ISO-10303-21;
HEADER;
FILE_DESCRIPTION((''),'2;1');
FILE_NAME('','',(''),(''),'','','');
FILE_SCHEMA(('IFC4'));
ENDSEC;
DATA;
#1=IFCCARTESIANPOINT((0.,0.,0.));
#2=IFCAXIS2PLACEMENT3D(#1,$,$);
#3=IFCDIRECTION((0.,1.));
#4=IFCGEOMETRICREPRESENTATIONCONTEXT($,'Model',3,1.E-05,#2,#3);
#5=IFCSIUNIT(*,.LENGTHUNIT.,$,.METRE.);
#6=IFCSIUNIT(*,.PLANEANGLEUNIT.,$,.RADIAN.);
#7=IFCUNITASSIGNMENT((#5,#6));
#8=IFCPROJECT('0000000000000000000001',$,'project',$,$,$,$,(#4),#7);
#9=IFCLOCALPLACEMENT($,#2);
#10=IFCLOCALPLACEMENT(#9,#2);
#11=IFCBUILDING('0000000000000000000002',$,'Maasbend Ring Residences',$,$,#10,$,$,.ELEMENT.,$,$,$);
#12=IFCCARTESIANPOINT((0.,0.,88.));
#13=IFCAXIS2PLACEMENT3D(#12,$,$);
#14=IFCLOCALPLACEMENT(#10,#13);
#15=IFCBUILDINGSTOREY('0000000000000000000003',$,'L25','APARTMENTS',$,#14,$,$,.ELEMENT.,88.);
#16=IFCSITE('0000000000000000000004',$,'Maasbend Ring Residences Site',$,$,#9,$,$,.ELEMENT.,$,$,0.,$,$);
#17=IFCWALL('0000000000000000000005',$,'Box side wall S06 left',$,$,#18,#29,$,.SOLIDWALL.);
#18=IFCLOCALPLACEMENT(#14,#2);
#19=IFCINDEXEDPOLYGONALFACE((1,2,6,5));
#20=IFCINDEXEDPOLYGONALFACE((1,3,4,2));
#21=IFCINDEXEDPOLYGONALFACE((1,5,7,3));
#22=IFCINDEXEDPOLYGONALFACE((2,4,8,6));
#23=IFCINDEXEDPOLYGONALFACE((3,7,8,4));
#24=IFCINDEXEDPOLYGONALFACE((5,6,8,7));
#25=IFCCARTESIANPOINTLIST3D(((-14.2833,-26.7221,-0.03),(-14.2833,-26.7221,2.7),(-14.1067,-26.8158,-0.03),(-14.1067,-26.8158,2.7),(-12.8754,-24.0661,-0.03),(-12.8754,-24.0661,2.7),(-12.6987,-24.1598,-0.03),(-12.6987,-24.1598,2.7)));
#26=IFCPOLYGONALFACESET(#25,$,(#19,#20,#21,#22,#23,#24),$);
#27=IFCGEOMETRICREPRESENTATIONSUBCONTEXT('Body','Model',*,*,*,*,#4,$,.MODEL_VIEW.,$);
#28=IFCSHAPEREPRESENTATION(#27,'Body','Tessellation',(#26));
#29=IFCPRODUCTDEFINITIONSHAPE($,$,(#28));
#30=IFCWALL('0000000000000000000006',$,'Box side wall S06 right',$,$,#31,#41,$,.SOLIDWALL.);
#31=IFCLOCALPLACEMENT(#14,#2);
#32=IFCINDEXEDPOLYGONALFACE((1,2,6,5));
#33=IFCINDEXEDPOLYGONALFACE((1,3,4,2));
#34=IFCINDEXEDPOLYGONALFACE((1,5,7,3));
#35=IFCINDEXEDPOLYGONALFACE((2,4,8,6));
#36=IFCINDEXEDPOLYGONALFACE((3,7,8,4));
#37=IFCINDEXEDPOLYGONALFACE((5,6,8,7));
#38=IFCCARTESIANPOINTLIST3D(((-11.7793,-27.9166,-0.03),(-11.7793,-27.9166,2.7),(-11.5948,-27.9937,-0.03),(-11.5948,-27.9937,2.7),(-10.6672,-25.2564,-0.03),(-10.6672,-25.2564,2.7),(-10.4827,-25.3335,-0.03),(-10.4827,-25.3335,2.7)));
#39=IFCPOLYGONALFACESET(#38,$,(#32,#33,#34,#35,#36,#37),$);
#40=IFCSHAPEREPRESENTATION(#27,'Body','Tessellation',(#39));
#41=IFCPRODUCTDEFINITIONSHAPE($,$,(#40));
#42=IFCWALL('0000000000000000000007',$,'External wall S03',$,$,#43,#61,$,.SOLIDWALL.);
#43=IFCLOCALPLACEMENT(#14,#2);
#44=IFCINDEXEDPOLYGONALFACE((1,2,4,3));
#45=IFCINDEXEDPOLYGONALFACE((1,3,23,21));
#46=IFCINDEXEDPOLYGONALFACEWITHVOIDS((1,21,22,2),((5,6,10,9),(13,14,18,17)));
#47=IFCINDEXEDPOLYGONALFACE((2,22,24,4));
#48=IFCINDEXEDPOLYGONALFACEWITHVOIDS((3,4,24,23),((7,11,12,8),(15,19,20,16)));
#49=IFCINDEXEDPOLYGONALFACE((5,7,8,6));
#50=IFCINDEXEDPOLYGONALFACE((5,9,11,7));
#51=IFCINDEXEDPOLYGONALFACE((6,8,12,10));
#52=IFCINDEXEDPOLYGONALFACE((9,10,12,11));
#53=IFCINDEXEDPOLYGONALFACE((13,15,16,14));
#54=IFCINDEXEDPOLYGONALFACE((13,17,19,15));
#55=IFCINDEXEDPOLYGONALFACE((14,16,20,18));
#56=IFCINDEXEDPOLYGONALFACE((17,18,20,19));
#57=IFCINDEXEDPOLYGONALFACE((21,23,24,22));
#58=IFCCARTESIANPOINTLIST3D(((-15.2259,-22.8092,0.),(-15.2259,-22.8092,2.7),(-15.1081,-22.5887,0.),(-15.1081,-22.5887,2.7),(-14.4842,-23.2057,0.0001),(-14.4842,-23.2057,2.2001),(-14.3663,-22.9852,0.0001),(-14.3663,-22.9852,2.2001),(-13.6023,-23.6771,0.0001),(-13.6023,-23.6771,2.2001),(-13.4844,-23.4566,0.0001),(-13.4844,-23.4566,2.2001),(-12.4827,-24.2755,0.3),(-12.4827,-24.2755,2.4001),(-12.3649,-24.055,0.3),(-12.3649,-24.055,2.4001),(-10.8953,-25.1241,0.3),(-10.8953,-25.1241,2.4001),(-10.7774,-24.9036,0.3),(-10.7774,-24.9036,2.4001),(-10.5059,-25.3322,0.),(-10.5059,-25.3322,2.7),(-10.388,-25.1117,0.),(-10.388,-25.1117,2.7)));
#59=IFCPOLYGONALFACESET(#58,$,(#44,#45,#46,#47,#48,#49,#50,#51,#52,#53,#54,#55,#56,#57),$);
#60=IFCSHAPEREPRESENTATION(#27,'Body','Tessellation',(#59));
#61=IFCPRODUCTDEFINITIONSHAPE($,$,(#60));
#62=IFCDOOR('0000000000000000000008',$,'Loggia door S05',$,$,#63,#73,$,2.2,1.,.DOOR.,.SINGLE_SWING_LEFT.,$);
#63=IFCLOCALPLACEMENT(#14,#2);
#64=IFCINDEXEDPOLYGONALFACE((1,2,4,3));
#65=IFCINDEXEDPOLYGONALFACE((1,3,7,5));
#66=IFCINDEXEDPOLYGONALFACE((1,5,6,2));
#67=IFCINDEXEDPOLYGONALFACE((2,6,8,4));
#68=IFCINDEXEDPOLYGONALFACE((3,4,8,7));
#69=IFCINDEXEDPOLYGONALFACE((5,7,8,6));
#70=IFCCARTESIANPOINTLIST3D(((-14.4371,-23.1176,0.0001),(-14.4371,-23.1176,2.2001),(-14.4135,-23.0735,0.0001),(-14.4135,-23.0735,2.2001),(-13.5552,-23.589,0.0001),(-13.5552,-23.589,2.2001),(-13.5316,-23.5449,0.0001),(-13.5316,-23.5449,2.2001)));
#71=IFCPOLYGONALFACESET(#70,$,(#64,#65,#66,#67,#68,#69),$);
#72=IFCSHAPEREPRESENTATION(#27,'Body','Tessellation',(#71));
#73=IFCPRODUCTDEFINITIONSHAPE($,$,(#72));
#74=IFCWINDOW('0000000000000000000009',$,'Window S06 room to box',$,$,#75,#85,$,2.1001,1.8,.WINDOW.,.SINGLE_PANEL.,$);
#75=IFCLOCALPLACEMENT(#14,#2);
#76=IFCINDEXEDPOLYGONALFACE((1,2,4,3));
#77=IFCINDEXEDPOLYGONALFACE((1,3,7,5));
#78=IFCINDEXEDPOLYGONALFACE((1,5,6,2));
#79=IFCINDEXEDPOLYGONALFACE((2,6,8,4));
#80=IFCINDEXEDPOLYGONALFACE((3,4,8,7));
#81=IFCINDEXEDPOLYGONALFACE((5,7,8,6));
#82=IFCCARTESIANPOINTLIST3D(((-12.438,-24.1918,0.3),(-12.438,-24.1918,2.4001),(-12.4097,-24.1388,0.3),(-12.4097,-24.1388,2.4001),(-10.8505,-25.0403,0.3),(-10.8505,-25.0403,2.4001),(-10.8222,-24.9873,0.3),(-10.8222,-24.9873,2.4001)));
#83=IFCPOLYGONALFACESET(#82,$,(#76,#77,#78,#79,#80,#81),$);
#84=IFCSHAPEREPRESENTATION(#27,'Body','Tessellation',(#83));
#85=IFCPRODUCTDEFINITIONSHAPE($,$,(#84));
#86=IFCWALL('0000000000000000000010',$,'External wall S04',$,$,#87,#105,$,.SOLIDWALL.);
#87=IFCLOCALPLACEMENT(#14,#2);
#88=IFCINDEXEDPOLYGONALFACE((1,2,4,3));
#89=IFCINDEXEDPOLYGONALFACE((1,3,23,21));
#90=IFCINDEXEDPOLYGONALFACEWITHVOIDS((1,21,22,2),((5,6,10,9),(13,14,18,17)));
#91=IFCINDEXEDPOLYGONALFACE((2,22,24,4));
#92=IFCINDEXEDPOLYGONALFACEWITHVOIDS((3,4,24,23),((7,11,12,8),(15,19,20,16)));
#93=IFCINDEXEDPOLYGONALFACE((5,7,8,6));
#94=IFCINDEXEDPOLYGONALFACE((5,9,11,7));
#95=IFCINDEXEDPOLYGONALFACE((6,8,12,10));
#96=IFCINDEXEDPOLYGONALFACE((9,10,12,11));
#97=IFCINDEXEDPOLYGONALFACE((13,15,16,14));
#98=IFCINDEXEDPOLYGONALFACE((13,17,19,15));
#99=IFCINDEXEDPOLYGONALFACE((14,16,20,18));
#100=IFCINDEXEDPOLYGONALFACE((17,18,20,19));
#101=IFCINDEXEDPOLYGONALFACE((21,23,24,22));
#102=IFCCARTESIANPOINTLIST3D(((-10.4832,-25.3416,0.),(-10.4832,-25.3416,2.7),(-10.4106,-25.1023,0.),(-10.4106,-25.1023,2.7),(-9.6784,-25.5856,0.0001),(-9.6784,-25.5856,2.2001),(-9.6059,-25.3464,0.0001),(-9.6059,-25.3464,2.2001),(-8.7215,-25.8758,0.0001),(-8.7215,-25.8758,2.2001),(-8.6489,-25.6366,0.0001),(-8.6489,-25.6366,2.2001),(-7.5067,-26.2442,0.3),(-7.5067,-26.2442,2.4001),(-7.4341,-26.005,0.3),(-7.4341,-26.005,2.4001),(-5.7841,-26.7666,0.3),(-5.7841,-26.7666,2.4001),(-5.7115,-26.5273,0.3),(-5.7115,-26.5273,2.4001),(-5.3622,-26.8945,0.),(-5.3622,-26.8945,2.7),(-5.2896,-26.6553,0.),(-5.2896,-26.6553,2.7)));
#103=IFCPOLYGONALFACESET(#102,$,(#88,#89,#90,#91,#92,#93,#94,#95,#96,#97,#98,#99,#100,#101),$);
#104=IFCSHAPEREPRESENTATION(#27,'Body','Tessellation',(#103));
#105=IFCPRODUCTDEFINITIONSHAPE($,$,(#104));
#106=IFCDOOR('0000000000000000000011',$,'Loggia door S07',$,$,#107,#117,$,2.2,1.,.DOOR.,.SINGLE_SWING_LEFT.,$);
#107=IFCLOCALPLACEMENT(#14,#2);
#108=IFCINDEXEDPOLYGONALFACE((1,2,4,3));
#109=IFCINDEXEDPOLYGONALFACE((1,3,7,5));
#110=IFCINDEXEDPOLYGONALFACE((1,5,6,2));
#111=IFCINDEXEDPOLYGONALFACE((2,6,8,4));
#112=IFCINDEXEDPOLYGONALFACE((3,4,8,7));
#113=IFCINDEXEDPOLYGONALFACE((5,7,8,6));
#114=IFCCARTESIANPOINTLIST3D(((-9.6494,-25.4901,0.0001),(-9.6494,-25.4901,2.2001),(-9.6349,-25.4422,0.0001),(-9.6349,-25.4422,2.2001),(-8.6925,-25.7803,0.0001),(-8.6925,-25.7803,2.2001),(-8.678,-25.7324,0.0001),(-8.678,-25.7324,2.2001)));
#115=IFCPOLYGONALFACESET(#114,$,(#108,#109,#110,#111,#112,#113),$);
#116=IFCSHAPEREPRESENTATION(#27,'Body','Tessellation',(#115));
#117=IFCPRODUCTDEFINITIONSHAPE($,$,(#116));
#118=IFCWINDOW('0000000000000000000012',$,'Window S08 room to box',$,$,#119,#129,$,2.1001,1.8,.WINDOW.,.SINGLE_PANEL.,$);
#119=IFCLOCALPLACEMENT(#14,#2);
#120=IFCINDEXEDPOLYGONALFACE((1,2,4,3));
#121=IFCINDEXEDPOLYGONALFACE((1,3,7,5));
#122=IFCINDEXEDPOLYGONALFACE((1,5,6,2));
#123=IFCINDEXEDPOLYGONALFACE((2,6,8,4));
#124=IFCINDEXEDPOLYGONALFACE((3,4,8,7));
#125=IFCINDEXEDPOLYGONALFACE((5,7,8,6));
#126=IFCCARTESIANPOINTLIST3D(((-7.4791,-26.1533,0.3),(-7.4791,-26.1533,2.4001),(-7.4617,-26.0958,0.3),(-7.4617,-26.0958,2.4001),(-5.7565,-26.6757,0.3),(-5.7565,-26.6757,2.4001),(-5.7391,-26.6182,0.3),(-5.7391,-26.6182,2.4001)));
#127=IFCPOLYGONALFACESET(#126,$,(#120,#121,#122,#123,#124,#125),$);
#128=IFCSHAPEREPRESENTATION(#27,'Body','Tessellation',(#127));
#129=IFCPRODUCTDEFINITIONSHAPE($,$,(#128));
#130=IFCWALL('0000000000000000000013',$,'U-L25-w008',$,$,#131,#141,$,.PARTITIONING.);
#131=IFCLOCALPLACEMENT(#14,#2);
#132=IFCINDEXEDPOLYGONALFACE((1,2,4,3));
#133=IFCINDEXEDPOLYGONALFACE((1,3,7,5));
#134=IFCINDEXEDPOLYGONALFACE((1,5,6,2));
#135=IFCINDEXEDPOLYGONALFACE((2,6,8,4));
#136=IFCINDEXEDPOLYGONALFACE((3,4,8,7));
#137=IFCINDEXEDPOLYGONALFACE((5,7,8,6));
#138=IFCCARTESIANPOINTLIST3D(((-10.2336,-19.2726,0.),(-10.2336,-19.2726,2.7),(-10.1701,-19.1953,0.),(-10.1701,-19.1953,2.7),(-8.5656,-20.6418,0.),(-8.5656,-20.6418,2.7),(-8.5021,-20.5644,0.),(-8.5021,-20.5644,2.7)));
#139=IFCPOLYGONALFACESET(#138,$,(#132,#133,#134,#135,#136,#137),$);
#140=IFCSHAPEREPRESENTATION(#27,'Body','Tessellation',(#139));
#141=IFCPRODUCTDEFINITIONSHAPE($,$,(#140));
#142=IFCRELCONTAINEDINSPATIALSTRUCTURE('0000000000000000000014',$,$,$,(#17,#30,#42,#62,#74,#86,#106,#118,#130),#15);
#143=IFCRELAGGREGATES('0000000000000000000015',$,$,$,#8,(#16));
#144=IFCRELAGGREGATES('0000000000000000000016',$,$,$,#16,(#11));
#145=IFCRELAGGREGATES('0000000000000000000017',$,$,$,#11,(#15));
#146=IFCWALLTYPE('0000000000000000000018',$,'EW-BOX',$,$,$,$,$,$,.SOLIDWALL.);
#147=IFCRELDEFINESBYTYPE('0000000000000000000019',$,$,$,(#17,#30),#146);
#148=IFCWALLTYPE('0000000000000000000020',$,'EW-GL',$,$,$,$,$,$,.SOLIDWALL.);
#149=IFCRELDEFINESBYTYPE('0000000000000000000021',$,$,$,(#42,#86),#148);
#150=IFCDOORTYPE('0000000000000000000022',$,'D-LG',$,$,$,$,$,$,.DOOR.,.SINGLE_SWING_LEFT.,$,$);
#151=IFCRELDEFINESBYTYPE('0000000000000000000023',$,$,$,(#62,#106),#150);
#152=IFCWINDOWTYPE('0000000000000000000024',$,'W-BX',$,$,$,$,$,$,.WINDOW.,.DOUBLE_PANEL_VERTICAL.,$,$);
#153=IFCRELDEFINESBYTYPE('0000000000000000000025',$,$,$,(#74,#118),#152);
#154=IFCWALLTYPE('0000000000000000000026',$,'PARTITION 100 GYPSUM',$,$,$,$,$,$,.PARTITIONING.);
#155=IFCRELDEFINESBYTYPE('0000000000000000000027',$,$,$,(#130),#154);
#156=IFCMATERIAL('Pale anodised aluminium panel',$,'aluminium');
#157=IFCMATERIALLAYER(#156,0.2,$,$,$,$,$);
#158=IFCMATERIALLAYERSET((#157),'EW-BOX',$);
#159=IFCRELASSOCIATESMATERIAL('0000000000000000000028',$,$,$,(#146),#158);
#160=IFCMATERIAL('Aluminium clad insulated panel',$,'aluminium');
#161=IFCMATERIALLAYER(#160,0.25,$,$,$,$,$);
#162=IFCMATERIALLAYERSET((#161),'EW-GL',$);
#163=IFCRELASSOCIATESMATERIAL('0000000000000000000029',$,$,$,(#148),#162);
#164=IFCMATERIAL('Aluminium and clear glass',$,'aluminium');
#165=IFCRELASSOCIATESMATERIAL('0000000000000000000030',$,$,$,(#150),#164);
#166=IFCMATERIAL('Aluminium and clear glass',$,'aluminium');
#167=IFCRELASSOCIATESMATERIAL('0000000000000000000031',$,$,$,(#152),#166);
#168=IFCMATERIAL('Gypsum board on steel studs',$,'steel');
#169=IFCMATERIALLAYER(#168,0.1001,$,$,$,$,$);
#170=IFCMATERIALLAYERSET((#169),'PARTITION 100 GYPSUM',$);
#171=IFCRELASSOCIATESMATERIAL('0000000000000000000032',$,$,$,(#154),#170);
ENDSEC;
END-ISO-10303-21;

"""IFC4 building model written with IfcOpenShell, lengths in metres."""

from ifc_helpers import new_model, si_unit, direction, frame, frame_2d, origin, place, context, subcontext, project, spatial, rectangle, extrude, material, layer, layer_set, type_object, element, fill, save


model = new_model("IFC4")

# Units and contexts
model_context = context("Model", 3, precision=1e-05, world=origin(), true_north=direction((0.0, 1.0)))
body_context = subcontext(model_context, "Body", "Model", "MODEL_VIEW")
ifc_project = project(units=[si_unit("LENGTHUNIT", "METRE"), si_unit("PLANEANGLEUNIT", "RADIAN")], contexts=[model_context])

# Site, building, storey
site_placement = place(None, origin())
site = spatial("IfcSite", under=ifc_project, at=site_placement, Name="Maasbend Ring Residences Site", CompositionType="ELEMENT", RefElevation=0.0)
building_placement = place(site_placement, origin())
building = spatial("IfcBuilding", under=site, at=building_placement, Name="Maasbend Ring Residences", CompositionType="ELEMENT")
storey_placement = place(building_placement, frame((0.0, 0.0, 88.0)))
storey = spatial("IfcBuildingStorey", under=building, at=storey_placement, Name="L25", Description="APARTMENTS", CompositionType="ELEMENT", Elevation=88.0)

# Shared definitions
ifc_material_1 = material(Name="Pale anodised aluminium panel", Category="aluminium")
ifc_layer_1 = layer(ifc_material_1, 0.2)
ifc_layer_set_1 = layer_set([ifc_layer_1], Name="EW-BOX")
wall_type_1 = type_object("IfcWallType", Name="EW-BOX", PredefinedType="SOLIDWALL", material=ifc_layer_set_1)

# Walls
wall_1_placement = place(storey_placement, frame((-12.7871, -24.113, -0.03), z_axis=(0.0, 0.0, 1.0), x_axis=(-0.468365, -0.883535, 0.0)))
element("IfcWall", 1, at=wall_1_placement, inside=storey, type_object=wall_type_1, Name="Box side wall S06 left", PredefinedType="SOLIDWALL", context=body_context, shape_type="SweptSolid", body=[
    extrude(rectangle(XDim=3.0061, YDim=0.2, at=frame_2d((1.5029, 0.0))), origin(), (0.0, 0.0, 1.0), 2.73),
])
wall_2_placement = place(storey_placement, frame((-10.575, -25.2949, -0.03), z_axis=(0.0, 0.0, 1.0), x_axis=(-0.385697, -0.922625, 0.0)))
element("IfcWall", 2, at=wall_2_placement, inside=storey, type_object=wall_type_1, Name="Box side wall S06 right", PredefinedType="SOLIDWALL", context=body_context, shape_type="SweptSolid", body=[
    extrude(rectangle(XDim=2.8833, YDim=0.2, at=frame_2d((1.4417, 0.0))), origin(), (0.0, 0.0, 1.0), 2.73),
])

# Walls, openings, doors, windows
ifc_material_2 = material(Name="Aluminium clad insulated panel", Category="aluminium")
ifc_layer_2 = layer(ifc_material_2, 0.25)
ifc_layer_set_2 = layer_set([ifc_layer_2], Name="EW-GL")
wall_type_2 = type_object("IfcWallType", Name="EW-GL", PredefinedType="SOLIDWALL", material=ifc_layer_set_2)
wall_3_placement = place(storey_placement, frame((-15.167, -22.699, 0.0), z_axis=(0.0, 0.0, 1.0), x_axis=(0.881916, -0.471407, 0.0)))
wall_3 = element("IfcWall", 3, at=wall_3_placement, inside=storey, type_object=wall_type_2, Name="External wall S03", PredefinedType="SOLIDWALL", context=body_context, shape_type="SweptSolid", body=[
    extrude(rectangle(XDim=5.3521, YDim=0.25, at=frame_2d((2.676, 0.0))), origin(), (0.0, 0.0, 1.0), 2.7),
])
opening_1_placement = place(wall_3_placement, frame((0.8411, 0.0, 0.0)))
opening_1 = element("IfcOpeningElement", 4, at=opening_1_placement, cuts=wall_3, PredefinedType="OPENING", context=body_context, shape_type="SweptSolid", body=[
    extrude(rectangle(XDim=1.0, YDim=2.2, at=frame_2d((0.5, 1.1001))), frame((0.0, 0.135, 0.0), z_axis=(0.0, -1.0, 0.0), x_axis=(1.0, 0.0, 0.0)), (0.0, 0.0, 1.0), 0.27),
])
opening_2_placement = place(wall_3_placement, frame((3.1106, 0.0, 0.3)))
opening_2 = element("IfcOpeningElement", 5, at=opening_2_placement, cuts=wall_3, PredefinedType="OPENING", context=body_context, shape_type="SweptSolid", body=[
    extrude(rectangle(XDim=1.8, YDim=2.1001, at=frame_2d((0.8999, 1.05))), frame((0.0, 0.135, 0.0), z_axis=(0.0, -1.0, 0.0), x_axis=(1.0, 0.0, 0.0)), (0.0, 0.0, 1.0), 0.27),
])
ifc_material_3 = material(Name="Aluminium and clear glass", Category="aluminium")
door_type_1 = type_object("IfcDoorType", Name="D-LG", OperationType="SINGLE_SWING_LEFT", PredefinedType="DOOR", material=ifc_material_3)
door_1_placement = place(opening_1_placement, origin())
door_1 = element("IfcDoor", 6, at=door_1_placement, inside=storey, type_object=door_type_1, Name="Loggia door S05", OperationType="SINGLE_SWING_LEFT", OverallHeight=2.2, OverallWidth=1.0, PredefinedType="DOOR", context=body_context, shape_type="SweptSolid", body=[
    extrude(rectangle(XDim=1.0, YDim=2.2, at=frame_2d((0.5, 1.1001))), frame((0.0, 0.0249, 0.0), z_axis=(0.0, -1.0, 0.0), x_axis=(1.0, 0.0, 0.0)), (0.0, 0.0, 1.0), 0.05),
])
fill(opening_1, door_1)
ifc_material_4 = material(Name="Aluminium and clear glass", Category="aluminium")
window_type_1 = type_object("IfcWindowType", Name="W-BX", PartitioningType="DOUBLE_PANEL_VERTICAL", PredefinedType="WINDOW", material=ifc_material_4)
window_1_placement = place(opening_2_placement, origin())
window_1 = element("IfcWindow", 7, at=window_1_placement, inside=storey, type_object=window_type_1, Name="Window S06 room to box", OverallHeight=2.1001, OverallWidth=1.8, PartitioningType="SINGLE_PANEL", PredefinedType="WINDOW", context=body_context, shape_type="SweptSolid", body=[
    extrude(rectangle(XDim=1.8, YDim=2.1001, at=frame_2d((0.8999, 1.05))), frame((0.0, 0.03, 0.0), z_axis=(0.0, -1.0, 0.0), x_axis=(1.0, 0.0, 0.0)), (0.0, 0.0, 1.0), 0.0601),
])
fill(opening_2, window_1)
wall_4_placement = place(storey_placement, frame((-10.447, -25.2219, 0.0), z_axis=(0.0, 0.0, 1.0), x_axis=(0.956966, -0.290201, 0.0)))
wall_4 = element("IfcWall", 8, at=wall_4_placement, inside=storey, type_object=wall_type_2, Name="External wall S04", PredefinedType="SOLIDWALL", context=body_context, shape_type="SweptSolid", body=[
    extrude(rectangle(XDim=5.3513, YDim=0.25, at=frame_2d((2.6758, 0.0))), origin(), (0.0, 0.0, 1.0), 2.7),
])
opening_3_placement = place(wall_4_placement, frame((0.8411, 0.0, 0.0)))
opening_3 = element("IfcOpeningElement", 9, at=opening_3_placement, cuts=wall_4, PredefinedType="OPENING", context=body_context, shape_type="SweptSolid", body=[
    extrude(rectangle(XDim=1.0, YDim=2.2, at=frame_2d((0.5, 1.1001))), frame((0.0, 0.135, 0.0), z_axis=(0.0, -1.0, 0.0), x_axis=(1.0, 0.0, 0.0)), (0.0, 0.0, 1.0), 0.27),
])
opening_4_placement = place(wall_4_placement, frame((3.1106, 0.0, 0.3)))
opening_4 = element("IfcOpeningElement", 10, at=opening_4_placement, cuts=wall_4, PredefinedType="OPENING", context=body_context, shape_type="SweptSolid", body=[
    extrude(rectangle(XDim=1.8, YDim=2.1001, at=frame_2d((0.8999, 1.05))), frame((0.0, 0.135, 0.0), z_axis=(0.0, -1.0, 0.0), x_axis=(1.0, 0.0, 0.0)), (0.0, 0.0, 1.0), 0.27),
])
door_2_placement = place(opening_3_placement, origin())
door_2 = element("IfcDoor", 11, at=door_2_placement, inside=storey, type_object=door_type_1, Name="Loggia door S07", OperationType="SINGLE_SWING_LEFT", OverallHeight=2.2, OverallWidth=1.0, PredefinedType="DOOR", context=body_context, shape_type="SweptSolid", body=[
    extrude(rectangle(XDim=1.0, YDim=2.2, at=frame_2d((0.5, 1.1001))), frame((0.0, 0.0249, 0.0), z_axis=(0.0, -1.0, 0.0), x_axis=(1.0, 0.0, 0.0)), (0.0, 0.0, 1.0), 0.05),
])
fill(opening_3, door_2)
window_2_placement = place(opening_4_placement, origin())
window_2 = element("IfcWindow", 12, at=window_2_placement, inside=storey, type_object=window_type_1, Name="Window S08 room to box", OverallHeight=2.1001, OverallWidth=1.8, PartitioningType="SINGLE_PANEL", PredefinedType="WINDOW", context=body_context, shape_type="SweptSolid", body=[
    extrude(rectangle(XDim=1.8, YDim=2.1001, at=frame_2d((0.8999, 1.05))), frame((0.0, 0.03, 0.0), z_axis=(0.0, -1.0, 0.0), x_axis=(1.0, 0.0, 0.0)), (0.0, 0.0, 1.0), 0.0601),
])
fill(opening_4, window_2)

# Wall
ifc_material_5 = material(Name="Gypsum board on steel studs", Category="steel")
ifc_layer_3 = layer(ifc_material_5, 0.1001)
ifc_layer_set_3 = layer_set([ifc_layer_3], Name="PARTITION 100 GYPSUM")
wall_type_3 = type_object("IfcWallType", Name="PARTITION 100 GYPSUM", PredefinedType="PARTITIONING", material=ifc_layer_set_3)
wall_5_placement = place(storey_placement, frame((-10.2019, -19.2339, 0.0), z_axis=(0.0, 0.0, 1.0), x_axis=(0.772948, -0.634469, 0.0)))
element("IfcWall", 13, at=wall_5_placement, inside=storey, type_object=wall_type_3, Name="U-L25-w008", PredefinedType="PARTITIONING", context=body_context, shape_type="SweptSolid", body=[
    extrude(rectangle(XDim=2.158, YDim=0.1001, at=frame_2d((1.0791, 0.0))), origin(), (0.0, 0.0, 1.0), 2.7),
])

save(model, "model.ifc")
